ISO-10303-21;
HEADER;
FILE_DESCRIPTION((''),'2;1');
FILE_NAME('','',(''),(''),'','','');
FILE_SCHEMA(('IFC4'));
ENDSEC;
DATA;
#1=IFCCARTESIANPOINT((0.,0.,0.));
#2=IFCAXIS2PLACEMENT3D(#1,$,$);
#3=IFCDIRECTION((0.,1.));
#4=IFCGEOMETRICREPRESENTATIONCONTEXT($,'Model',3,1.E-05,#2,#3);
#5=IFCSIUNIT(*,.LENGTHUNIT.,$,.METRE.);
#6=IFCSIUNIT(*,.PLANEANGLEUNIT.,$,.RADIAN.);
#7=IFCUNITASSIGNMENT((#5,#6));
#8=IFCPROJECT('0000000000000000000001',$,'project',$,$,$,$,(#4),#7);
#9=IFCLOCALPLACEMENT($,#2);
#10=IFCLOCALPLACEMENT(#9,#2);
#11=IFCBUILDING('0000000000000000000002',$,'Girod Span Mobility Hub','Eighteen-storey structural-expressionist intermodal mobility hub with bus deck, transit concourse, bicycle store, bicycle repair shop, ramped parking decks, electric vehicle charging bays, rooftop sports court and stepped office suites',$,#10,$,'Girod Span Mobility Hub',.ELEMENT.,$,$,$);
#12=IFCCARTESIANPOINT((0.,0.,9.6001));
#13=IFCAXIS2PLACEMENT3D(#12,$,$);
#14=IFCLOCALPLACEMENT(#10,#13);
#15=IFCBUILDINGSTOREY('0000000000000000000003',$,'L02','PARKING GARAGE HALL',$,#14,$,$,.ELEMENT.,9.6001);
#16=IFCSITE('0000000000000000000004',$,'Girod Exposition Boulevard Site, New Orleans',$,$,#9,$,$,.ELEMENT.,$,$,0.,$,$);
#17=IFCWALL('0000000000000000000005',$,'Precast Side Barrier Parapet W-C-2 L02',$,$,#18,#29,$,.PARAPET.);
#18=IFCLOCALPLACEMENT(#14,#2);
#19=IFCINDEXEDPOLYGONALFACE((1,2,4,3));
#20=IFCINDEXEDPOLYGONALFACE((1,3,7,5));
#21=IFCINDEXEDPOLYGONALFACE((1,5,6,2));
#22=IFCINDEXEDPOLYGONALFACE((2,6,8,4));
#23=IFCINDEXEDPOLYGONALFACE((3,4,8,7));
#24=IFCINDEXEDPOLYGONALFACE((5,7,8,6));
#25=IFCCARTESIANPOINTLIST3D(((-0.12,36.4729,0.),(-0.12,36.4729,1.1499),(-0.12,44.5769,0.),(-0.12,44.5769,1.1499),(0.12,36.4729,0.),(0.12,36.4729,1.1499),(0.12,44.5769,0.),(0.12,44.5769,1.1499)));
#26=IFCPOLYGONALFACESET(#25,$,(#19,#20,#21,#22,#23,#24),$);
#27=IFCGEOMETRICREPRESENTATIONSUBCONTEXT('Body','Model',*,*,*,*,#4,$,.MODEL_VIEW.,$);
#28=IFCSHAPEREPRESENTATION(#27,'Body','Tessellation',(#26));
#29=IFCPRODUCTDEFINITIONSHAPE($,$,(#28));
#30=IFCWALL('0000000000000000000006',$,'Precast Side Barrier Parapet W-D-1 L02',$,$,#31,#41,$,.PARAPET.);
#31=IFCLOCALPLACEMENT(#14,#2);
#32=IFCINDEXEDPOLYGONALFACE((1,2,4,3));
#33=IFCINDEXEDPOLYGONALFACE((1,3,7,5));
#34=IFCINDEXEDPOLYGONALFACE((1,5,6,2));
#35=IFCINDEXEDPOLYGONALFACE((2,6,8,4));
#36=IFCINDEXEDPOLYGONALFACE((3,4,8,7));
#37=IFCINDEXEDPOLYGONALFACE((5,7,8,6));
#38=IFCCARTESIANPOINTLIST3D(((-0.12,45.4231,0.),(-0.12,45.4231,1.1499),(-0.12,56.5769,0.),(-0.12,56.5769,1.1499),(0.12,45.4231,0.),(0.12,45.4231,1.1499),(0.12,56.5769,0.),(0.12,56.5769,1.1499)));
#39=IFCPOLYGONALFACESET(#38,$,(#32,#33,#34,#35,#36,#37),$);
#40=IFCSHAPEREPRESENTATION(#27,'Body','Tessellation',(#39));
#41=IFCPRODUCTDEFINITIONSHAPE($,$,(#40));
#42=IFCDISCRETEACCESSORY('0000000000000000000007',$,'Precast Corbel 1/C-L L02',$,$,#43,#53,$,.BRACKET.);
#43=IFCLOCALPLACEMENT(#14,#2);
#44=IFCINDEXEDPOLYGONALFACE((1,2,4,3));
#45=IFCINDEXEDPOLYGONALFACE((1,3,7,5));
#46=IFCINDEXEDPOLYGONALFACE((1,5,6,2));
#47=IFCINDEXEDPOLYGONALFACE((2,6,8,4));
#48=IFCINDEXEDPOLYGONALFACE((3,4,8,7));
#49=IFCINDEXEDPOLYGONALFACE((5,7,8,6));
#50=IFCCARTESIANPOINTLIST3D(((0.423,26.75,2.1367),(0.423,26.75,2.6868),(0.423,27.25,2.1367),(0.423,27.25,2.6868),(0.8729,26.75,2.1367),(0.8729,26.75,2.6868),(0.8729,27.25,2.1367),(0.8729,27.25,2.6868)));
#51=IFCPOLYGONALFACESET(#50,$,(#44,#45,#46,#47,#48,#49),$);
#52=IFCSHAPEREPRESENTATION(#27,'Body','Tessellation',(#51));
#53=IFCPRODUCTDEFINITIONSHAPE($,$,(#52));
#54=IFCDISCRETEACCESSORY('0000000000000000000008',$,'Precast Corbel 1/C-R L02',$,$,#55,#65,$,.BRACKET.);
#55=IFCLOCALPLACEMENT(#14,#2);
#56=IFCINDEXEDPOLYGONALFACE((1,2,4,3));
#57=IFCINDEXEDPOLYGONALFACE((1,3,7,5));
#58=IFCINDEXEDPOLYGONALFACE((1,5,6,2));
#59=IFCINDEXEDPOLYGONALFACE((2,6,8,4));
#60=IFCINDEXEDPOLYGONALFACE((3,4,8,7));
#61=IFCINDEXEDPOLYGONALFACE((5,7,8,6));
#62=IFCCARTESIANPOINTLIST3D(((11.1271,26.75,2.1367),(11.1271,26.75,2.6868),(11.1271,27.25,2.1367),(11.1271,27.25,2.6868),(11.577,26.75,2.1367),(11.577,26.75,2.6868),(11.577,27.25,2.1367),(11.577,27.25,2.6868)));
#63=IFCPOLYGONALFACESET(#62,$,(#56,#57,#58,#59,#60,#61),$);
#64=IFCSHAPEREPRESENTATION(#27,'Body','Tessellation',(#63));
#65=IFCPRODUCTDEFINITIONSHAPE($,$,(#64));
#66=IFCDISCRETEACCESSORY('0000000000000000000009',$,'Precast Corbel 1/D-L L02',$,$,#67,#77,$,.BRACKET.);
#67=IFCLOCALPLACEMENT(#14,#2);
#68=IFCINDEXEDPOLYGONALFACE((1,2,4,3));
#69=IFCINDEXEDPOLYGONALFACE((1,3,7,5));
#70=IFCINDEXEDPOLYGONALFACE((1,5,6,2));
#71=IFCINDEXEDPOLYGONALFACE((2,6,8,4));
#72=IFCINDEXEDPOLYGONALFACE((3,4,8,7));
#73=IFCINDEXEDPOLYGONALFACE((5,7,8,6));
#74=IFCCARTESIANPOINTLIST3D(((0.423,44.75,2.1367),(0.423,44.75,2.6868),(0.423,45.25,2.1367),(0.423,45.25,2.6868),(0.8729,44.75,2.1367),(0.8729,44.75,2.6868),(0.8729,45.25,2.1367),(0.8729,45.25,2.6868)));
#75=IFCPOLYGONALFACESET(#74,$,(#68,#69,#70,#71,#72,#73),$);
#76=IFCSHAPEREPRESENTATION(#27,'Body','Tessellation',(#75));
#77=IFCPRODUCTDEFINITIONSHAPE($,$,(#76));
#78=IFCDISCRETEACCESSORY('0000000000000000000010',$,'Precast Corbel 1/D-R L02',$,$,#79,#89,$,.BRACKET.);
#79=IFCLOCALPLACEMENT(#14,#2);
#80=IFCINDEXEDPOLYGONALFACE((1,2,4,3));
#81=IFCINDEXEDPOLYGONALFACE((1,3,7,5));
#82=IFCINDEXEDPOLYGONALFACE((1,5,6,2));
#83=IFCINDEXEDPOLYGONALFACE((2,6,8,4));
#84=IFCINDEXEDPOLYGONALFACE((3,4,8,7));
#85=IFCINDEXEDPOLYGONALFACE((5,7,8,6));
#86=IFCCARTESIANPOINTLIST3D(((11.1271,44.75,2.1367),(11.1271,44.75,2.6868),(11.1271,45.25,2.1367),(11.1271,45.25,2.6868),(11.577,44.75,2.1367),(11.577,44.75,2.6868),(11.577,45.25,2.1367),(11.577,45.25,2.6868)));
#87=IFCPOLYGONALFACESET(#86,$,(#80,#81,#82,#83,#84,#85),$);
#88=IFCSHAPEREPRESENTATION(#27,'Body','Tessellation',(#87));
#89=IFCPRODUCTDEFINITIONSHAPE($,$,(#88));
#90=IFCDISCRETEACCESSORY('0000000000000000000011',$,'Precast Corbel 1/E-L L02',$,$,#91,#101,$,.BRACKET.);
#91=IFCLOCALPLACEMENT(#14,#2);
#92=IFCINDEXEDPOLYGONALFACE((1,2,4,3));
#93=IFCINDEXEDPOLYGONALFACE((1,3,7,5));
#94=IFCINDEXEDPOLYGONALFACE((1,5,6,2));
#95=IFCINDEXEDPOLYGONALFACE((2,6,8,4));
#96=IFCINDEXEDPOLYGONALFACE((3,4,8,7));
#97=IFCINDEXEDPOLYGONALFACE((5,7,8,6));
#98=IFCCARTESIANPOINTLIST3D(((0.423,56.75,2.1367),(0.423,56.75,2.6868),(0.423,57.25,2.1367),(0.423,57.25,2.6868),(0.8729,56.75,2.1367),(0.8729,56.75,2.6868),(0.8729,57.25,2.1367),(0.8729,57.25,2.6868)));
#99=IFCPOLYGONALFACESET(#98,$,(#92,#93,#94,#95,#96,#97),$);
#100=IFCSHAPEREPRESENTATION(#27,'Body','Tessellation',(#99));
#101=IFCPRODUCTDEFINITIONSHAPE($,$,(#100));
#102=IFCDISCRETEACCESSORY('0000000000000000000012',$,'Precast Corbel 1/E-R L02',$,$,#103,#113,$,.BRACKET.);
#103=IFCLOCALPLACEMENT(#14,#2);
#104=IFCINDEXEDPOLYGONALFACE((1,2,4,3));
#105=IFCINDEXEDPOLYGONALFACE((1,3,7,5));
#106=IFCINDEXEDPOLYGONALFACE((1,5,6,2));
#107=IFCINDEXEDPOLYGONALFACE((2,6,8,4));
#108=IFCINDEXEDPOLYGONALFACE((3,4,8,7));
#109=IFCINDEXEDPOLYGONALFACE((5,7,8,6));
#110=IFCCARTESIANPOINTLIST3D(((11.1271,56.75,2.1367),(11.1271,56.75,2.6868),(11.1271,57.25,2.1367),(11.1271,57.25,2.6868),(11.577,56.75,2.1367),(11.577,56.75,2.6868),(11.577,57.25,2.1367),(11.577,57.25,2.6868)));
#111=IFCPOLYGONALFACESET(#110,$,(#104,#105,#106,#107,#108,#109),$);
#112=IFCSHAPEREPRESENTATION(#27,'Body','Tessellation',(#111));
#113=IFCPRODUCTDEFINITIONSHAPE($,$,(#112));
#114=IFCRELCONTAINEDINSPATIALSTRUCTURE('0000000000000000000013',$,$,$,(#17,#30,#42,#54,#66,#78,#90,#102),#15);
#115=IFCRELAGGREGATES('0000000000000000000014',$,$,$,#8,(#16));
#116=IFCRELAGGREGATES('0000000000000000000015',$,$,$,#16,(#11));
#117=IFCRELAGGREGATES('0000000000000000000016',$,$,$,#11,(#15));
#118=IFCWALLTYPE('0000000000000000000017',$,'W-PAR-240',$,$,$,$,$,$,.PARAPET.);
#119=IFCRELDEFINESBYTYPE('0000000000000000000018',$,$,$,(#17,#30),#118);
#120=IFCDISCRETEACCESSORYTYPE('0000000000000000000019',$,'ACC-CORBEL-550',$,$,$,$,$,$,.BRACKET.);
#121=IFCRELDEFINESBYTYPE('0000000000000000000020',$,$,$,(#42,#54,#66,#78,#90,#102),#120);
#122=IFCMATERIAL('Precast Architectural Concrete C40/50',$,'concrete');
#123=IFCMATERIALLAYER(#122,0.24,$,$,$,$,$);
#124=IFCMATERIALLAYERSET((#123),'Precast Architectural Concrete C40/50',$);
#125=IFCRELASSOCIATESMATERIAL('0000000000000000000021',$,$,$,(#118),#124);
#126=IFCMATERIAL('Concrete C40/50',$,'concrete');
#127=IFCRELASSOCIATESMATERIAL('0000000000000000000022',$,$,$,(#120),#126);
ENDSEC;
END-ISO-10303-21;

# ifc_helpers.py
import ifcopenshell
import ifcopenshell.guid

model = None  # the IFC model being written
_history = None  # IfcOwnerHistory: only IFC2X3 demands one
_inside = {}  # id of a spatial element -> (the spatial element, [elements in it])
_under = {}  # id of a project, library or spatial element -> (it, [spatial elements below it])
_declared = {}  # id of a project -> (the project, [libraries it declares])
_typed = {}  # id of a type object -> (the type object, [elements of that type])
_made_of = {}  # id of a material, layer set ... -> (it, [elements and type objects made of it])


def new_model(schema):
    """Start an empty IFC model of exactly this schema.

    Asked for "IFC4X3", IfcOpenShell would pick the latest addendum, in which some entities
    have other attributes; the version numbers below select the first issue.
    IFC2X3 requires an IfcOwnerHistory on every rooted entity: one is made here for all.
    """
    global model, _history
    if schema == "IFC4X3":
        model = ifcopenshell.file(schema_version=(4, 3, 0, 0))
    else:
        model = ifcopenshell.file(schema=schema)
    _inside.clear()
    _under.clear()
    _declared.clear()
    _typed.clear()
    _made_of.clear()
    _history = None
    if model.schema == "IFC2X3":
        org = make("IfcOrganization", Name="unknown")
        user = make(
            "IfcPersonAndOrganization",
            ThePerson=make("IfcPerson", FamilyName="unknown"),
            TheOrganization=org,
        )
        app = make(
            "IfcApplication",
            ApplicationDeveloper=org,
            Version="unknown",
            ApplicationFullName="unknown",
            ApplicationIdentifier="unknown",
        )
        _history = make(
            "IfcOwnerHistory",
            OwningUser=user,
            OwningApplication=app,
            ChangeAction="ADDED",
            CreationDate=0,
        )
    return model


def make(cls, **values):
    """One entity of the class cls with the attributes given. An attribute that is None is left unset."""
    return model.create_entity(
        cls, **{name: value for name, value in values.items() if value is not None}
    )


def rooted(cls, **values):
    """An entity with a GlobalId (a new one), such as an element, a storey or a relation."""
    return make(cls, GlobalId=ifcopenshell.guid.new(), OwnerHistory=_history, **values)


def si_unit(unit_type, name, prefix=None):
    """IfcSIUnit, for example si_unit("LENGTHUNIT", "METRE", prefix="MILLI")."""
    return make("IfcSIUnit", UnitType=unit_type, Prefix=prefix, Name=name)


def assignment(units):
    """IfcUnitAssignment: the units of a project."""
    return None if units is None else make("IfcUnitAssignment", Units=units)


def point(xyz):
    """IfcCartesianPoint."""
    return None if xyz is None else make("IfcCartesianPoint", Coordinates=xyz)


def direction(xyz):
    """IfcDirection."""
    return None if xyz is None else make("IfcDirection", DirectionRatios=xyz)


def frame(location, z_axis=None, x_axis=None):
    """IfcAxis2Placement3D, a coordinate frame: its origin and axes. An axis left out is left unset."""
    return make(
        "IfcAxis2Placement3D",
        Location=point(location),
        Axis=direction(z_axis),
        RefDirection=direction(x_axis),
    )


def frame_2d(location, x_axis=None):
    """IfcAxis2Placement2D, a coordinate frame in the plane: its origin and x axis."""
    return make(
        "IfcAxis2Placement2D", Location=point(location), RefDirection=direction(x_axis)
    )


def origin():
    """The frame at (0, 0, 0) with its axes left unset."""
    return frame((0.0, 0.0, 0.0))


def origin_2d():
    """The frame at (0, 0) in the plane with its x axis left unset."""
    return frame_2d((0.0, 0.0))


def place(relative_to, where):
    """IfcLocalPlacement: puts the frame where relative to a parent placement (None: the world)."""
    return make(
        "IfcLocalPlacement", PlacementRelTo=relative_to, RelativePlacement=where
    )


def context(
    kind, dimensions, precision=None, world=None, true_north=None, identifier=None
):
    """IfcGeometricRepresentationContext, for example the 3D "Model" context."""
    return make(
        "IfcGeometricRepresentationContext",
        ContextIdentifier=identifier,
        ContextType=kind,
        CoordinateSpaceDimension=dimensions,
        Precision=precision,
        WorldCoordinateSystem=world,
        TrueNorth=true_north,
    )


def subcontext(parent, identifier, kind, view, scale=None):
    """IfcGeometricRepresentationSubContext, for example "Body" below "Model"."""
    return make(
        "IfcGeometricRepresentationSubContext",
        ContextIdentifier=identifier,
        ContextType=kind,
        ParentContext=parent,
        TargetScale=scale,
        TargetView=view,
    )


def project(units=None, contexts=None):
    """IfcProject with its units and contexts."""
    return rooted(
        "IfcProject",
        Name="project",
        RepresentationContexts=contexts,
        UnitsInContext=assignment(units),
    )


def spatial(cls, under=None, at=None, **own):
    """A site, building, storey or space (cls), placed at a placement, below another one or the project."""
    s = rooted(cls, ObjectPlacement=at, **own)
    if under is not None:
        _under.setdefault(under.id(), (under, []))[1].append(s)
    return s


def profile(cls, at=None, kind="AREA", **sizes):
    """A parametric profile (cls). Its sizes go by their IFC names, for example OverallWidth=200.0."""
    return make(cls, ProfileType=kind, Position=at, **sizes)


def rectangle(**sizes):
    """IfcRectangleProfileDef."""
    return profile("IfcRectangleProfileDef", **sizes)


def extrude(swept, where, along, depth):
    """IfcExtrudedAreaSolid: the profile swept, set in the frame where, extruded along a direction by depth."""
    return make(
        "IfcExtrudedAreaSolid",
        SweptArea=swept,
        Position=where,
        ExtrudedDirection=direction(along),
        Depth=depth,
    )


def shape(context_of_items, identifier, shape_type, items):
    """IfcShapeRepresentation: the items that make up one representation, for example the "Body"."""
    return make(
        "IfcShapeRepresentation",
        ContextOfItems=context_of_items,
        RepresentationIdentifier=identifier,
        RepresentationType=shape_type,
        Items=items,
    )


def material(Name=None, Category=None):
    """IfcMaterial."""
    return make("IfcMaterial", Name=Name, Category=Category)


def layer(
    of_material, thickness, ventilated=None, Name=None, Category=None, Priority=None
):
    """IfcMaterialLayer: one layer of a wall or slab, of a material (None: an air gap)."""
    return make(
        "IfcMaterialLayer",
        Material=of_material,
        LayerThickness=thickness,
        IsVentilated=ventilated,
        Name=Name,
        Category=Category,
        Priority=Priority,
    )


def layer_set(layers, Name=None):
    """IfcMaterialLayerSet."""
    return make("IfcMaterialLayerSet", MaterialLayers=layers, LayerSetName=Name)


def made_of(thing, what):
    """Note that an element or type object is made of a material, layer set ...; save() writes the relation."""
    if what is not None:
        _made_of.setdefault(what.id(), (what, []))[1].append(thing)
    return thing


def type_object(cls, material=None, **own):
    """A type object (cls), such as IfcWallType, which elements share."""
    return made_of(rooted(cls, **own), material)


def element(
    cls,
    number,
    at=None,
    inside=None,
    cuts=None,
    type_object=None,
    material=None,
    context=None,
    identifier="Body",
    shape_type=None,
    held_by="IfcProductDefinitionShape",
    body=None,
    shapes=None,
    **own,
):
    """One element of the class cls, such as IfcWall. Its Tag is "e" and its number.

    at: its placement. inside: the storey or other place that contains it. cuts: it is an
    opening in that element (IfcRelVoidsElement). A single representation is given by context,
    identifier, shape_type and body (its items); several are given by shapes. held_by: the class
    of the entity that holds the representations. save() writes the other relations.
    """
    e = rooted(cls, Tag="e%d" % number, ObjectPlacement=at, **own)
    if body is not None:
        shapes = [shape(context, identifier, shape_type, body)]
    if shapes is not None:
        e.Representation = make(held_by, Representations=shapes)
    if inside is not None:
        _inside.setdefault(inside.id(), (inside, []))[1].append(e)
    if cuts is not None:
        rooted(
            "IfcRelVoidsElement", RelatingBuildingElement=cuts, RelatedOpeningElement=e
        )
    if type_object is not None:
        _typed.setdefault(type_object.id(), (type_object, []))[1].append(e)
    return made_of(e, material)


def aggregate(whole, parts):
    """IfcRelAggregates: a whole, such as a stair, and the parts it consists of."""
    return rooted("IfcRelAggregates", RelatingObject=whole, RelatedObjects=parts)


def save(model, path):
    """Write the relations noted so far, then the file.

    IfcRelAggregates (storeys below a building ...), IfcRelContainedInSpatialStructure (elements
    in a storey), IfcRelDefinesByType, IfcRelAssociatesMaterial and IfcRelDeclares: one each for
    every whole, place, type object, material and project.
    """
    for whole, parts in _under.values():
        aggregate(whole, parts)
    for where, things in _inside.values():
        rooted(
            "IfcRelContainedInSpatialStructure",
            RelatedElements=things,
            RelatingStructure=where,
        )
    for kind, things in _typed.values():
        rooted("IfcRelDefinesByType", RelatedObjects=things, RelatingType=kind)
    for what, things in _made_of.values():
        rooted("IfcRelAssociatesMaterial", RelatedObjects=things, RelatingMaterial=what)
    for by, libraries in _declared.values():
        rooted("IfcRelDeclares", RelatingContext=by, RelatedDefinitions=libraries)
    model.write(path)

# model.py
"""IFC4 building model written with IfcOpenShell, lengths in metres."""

from ifc_helpers import new_model, si_unit, direction, frame, frame_2d, origin, origin_2d, place, context, subcontext, project, spatial, rectangle, extrude, material, layer, layer_set, type_object, element, save


model = new_model("IFC4")

# Units and contexts
model_context = context("Model", 3, precision=1e-05, world=origin(), true_north=direction((0.0, 1.0)))
body_context = subcontext(model_context, "Body", "Model", "MODEL_VIEW")
ifc_project = project(units=[si_unit("LENGTHUNIT", "METRE"), si_unit("PLANEANGLEUNIT", "RADIAN")], contexts=[model_context])

# Site, building, storey
site_placement = place(None, origin())
site = spatial("IfcSite", under=ifc_project, at=site_placement, Name="Girod Exposition Boulevard Site, New Orleans", CompositionType="ELEMENT", RefElevation=0.0)
building_placement = place(site_placement, origin())
building = spatial("IfcBuilding", under=site, at=building_placement, Name="Girod Span Mobility Hub", Description="Eighteen-storey structural-expressionist intermodal mobility hub with bus deck, transit concourse, bicycle store, bicycle repair shop, ramped parking decks, electric vehicle charging bays, rooftop sports court and stepped office suites", LongName="Girod Span Mobility Hub", CompositionType="ELEMENT")
storey_placement = place(building_placement, frame((0.0, 0.0, 9.6001)))
storey = spatial("IfcBuildingStorey", under=building, at=storey_placement, Name="L02", Description="PARKING GARAGE HALL", CompositionType="ELEMENT", Elevation=9.6001)

# Walls
ifc_material_1 = material(Name="Precast Architectural Concrete C40/50", Category="concrete")
ifc_layer = layer(ifc_material_1, 0.24)
ifc_layer_set = layer_set([ifc_layer], Name="Precast Architectural Concrete C40/50")
wall_type = type_object("IfcWallType", Name="W-PAR-240", PredefinedType="PARAPET", material=ifc_layer_set)
for number, where, z_axis, x_axis, name in (
    (1, (0.0, 36.4729, 0.0), (0.0, 0.0, 1.0), (0.0, 1.0, 0.0), "Precast Side Barrier Parapet W-C-2 L02"),
):
    element("IfcWall", number, at=place(storey_placement, frame(where, z_axis=z_axis, x_axis=x_axis)), inside=storey, type_object=wall_type, Name=name, PredefinedType="PARAPET", context=body_context, shape_type="SweptSolid", body=[
        extrude(rectangle(XDim=8.104, YDim=0.24, at=frame_2d((4.052, 0.0))), origin(), (0.0, 0.0, 1.0), 1.1499),
    ])
wall_placement = place(storey_placement, frame((0.0, 45.4231, 0.0), z_axis=(0.0, 0.0, 1.0), x_axis=(0.0, 1.0, 0.0)))
element("IfcWall", 2, at=wall_placement, inside=storey, type_object=wall_type, Name="Precast Side Barrier Parapet W-D-1 L02", PredefinedType="PARAPET", context=body_context, shape_type="SweptSolid", body=[
    extrude(rectangle(XDim=11.1538, YDim=0.24, at=frame_2d((5.5769, 0.0))), origin(), (0.0, 0.0, 1.0), 1.1499),
])

# Discrete accessories
ifc_material_2 = material(Name="Concrete C40/50", Category="concrete")
discrete_accessory_type = type_object("IfcDiscreteAccessoryType", Name="ACC-CORBEL-550", PredefinedType="BRACKET", material=ifc_material_2)
for number, where, z_axis, x_axis, name in (
    (3, (0.6479, 27.0, 2.1367), (0.0, 0.0, 1.0), (1.0, 0.0, 0.0), "Precast Corbel 1/C-L L02"),
    (4, (11.3521, 27.0, 2.1367), (0.0, 0.0, 1.0), (1.0, 0.0, 0.0), "Precast Corbel 1/C-R L02"),
    (5, (0.6479, 45.0, 2.1367), (0.0, 0.0, 1.0), (1.0, 0.0, 0.0), "Precast Corbel 1/D-L L02"),
    (6, (11.3521, 45.0, 2.1367), (0.0, 0.0, 1.0), (1.0, 0.0, 0.0), "Precast Corbel 1/D-R L02"),
    (7, (0.6479, 57.0, 2.1367), (0.0, 0.0, 1.0), (1.0, 0.0, 0.0), "Precast Corbel 1/E-L L02"),
    (8, (11.3521, 57.0, 2.1367), (0.0, 0.0, 1.0), (1.0, 0.0, 0.0), "Precast Corbel 1/E-R L02"),
):
    element("IfcDiscreteAccessory", number, at=place(storey_placement, frame(where, z_axis=z_axis, x_axis=x_axis)), inside=storey, type_object=discrete_accessory_type, Name=name, PredefinedType="BRACKET", context=body_context, shape_type="SweptSolid", body=[
        extrude(rectangle(XDim=0.45, YDim=0.5, at=origin_2d()), origin(), (0.0, 0.0, 1.0), 0.55),
    ])

save(model, "model.ifc")
